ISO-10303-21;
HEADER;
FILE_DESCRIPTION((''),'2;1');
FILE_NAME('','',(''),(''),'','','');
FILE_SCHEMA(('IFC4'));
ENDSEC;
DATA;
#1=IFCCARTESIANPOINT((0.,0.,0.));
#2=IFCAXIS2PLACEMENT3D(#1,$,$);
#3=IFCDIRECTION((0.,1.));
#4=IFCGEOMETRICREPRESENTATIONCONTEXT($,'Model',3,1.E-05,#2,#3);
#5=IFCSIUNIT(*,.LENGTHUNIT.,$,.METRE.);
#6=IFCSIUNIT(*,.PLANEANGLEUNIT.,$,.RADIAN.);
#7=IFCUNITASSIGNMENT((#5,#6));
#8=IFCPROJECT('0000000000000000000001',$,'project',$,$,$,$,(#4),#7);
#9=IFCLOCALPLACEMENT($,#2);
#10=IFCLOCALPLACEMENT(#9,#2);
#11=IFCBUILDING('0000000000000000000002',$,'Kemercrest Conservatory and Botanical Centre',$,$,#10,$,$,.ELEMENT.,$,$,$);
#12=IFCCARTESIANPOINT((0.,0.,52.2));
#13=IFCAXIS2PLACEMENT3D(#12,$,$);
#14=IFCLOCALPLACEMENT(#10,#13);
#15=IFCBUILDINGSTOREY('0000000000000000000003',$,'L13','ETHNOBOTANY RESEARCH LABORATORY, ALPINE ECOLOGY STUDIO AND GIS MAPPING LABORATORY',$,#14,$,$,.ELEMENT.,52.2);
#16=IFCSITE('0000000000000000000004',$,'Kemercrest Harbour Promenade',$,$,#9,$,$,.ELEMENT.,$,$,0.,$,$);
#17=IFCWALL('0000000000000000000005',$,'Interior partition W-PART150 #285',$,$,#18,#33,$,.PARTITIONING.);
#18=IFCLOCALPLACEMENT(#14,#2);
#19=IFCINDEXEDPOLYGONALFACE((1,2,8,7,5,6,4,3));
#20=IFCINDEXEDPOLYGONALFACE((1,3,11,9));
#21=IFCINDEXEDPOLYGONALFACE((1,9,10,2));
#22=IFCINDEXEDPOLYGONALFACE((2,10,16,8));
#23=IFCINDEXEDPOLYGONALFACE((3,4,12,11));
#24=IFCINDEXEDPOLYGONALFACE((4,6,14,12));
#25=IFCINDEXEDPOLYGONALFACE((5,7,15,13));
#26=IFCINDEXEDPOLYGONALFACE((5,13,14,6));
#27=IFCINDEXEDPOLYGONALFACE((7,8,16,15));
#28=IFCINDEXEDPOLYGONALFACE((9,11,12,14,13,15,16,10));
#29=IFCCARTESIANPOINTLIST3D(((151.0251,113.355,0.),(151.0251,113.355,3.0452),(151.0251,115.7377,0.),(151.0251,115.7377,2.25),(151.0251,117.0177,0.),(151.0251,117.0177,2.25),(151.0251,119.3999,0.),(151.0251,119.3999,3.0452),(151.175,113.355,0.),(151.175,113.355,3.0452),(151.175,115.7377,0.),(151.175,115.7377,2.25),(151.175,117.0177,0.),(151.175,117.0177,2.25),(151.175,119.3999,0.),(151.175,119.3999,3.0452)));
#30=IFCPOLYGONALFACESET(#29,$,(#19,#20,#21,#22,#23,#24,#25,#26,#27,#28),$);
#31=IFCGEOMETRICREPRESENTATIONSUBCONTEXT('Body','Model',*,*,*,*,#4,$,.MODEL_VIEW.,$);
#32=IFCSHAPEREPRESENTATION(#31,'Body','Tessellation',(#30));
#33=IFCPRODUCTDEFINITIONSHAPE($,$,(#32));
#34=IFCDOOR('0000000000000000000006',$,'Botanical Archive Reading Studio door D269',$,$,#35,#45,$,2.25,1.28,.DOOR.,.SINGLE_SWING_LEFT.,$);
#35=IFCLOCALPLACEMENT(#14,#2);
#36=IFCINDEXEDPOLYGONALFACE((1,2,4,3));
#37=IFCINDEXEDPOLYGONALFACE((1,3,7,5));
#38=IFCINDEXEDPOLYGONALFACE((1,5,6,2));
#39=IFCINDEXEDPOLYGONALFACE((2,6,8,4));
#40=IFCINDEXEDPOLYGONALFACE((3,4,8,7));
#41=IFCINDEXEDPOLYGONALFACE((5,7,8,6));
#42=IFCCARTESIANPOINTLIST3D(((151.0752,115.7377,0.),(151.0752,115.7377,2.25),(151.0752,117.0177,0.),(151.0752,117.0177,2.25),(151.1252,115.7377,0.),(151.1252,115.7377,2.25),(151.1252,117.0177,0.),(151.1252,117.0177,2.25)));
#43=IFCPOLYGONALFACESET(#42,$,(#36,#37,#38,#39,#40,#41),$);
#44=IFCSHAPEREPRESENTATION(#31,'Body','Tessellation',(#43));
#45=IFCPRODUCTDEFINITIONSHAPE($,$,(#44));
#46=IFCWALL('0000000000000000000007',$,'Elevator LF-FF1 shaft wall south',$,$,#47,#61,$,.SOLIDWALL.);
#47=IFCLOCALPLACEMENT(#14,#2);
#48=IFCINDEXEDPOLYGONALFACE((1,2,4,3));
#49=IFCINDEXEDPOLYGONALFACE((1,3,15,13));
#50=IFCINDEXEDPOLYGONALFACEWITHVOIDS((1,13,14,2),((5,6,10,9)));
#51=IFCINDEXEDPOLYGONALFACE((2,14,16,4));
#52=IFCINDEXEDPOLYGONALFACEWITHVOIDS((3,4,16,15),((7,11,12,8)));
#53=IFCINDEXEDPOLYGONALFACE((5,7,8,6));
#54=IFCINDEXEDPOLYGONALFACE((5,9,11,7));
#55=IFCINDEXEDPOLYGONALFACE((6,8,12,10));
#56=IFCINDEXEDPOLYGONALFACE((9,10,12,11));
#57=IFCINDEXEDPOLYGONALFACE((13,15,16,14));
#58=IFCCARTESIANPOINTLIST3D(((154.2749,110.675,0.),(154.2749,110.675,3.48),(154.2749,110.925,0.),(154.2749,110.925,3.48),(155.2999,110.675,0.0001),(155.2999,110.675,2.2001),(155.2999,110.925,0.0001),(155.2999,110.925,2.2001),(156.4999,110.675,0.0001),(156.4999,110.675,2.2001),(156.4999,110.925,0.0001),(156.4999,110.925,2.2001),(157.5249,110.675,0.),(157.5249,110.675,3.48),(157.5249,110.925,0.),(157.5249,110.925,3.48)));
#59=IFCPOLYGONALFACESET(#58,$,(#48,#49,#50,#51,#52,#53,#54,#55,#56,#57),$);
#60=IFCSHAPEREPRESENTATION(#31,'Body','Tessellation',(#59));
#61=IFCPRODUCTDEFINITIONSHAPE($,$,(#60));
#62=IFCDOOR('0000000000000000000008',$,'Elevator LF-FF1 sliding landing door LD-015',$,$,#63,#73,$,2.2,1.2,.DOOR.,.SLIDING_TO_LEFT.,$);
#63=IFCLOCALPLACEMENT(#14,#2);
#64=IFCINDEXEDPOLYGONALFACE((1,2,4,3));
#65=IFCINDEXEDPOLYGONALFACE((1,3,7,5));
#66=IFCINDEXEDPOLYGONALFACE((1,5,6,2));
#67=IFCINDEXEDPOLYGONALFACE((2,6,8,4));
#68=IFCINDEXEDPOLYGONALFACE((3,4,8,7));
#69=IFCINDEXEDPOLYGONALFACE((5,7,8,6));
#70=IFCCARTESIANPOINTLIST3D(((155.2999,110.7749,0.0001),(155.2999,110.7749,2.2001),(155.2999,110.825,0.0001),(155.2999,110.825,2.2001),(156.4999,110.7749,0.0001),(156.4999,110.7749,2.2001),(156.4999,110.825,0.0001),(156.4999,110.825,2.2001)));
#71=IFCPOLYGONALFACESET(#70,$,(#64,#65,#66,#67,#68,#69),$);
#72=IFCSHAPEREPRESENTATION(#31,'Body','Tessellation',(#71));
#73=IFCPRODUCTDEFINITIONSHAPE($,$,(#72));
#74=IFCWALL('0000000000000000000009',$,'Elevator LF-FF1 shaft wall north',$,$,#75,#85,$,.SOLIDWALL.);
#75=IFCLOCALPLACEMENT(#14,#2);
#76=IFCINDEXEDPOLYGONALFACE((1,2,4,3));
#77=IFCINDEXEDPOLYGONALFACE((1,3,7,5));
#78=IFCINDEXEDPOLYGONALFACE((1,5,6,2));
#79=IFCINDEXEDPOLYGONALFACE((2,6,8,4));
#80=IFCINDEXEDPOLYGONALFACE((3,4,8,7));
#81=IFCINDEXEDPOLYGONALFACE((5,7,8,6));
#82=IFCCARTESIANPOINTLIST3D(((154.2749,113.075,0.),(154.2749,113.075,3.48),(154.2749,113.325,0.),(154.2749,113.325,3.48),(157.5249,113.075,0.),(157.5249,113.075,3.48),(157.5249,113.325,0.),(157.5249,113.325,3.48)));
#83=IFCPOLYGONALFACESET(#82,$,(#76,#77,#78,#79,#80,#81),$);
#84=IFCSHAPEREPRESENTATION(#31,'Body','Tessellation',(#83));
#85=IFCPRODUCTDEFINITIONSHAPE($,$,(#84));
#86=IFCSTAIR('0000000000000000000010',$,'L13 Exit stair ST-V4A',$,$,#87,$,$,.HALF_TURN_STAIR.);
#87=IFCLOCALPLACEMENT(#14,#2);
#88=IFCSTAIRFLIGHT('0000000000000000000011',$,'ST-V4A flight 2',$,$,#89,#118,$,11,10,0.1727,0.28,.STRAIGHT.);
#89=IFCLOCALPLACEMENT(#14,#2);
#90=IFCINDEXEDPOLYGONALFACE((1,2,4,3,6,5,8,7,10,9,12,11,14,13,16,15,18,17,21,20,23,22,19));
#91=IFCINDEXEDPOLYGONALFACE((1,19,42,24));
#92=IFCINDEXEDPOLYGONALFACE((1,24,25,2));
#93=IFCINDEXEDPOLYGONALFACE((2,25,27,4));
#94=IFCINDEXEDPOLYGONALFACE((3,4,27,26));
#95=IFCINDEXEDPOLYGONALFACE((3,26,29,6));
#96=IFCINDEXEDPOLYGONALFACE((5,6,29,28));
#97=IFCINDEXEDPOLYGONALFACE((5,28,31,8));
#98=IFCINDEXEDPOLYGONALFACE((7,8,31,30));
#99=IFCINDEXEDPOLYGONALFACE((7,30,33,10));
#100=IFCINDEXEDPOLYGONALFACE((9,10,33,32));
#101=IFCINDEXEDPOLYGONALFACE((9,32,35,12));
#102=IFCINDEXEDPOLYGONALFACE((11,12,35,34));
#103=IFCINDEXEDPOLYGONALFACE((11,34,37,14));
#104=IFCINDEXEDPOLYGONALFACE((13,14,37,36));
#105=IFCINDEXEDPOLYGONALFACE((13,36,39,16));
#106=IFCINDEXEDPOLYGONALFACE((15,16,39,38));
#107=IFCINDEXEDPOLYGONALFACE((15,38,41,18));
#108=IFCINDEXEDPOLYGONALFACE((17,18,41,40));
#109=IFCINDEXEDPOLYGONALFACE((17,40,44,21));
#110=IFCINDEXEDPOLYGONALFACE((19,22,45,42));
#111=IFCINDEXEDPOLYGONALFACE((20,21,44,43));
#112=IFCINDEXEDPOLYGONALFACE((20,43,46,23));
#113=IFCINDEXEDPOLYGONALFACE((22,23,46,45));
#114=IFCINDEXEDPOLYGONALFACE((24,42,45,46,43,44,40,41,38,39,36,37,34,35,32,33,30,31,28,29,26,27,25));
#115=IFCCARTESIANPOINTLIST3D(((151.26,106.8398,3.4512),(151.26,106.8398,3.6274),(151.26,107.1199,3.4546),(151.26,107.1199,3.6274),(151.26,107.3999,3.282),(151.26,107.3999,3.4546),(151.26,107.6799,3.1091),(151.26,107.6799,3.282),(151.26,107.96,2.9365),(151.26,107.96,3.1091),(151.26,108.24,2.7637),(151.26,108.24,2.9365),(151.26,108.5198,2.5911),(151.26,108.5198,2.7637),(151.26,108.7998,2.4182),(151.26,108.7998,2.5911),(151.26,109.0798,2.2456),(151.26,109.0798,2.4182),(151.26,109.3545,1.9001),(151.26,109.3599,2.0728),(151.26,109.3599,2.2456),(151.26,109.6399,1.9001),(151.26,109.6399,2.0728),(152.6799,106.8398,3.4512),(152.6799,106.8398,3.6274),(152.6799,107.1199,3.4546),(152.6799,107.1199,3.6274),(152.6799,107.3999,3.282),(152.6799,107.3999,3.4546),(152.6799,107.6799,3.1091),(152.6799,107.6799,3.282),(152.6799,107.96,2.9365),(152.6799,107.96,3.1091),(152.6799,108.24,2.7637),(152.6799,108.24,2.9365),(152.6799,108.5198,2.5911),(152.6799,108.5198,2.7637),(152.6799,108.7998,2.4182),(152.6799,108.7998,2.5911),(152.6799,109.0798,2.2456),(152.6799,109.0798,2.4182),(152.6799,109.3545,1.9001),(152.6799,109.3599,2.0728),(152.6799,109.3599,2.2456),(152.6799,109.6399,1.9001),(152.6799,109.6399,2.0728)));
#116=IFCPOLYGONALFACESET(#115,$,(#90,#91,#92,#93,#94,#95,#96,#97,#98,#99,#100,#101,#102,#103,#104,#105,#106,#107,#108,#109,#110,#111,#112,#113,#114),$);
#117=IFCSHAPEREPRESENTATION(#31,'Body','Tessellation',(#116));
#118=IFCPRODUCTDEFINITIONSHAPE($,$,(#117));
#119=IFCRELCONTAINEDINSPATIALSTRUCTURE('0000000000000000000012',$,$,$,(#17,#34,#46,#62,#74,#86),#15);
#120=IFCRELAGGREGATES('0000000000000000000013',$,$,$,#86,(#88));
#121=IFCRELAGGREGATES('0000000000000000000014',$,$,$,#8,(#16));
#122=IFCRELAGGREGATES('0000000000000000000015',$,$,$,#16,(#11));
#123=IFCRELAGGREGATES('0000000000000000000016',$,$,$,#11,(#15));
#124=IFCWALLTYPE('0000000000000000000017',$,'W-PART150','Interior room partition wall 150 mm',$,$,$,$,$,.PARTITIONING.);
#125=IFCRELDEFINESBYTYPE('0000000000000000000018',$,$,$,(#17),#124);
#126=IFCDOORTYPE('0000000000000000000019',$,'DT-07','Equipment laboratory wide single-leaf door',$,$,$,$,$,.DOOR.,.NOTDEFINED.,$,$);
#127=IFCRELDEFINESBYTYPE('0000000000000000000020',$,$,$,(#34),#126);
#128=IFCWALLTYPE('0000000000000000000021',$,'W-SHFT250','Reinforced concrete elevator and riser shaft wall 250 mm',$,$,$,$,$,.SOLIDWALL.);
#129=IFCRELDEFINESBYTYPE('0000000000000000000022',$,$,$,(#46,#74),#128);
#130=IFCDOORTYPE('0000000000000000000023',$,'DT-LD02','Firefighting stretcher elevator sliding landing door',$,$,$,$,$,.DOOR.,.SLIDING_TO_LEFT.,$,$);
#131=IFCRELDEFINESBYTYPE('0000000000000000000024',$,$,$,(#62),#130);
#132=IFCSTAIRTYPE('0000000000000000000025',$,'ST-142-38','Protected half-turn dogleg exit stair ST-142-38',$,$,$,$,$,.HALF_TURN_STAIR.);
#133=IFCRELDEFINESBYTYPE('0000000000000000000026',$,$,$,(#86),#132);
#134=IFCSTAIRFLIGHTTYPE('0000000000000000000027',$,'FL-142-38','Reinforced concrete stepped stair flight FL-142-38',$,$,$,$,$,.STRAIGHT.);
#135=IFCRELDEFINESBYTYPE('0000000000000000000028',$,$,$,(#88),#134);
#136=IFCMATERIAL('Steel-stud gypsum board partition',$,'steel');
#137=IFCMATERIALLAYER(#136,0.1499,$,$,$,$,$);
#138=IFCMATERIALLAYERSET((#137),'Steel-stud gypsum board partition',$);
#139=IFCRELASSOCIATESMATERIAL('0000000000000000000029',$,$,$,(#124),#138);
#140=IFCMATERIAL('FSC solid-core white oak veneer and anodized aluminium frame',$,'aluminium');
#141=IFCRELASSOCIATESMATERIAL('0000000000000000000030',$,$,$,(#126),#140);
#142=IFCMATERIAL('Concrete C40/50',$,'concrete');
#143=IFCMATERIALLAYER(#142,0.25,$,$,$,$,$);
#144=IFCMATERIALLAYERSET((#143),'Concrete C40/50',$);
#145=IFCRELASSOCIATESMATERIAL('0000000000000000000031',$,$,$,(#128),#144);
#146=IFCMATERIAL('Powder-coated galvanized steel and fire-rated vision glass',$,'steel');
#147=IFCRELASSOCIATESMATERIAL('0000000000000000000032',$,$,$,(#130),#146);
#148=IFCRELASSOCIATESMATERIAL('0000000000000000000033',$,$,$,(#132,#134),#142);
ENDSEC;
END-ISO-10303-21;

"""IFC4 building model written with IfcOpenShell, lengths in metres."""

from ifc_helpers import new_model, si_unit, direction, frame, frame_2d, origin, place, context, subcontext, project, spatial, polyline, rectangle, outline, extrude, material, layer, layer_set, type_object, element, fill, aggregate, save


model = new_model("IFC4")

# Units and contexts
model_context = context("Model", 3, precision=1e-05, world=origin(), true_north=direction((0.0, 1.0)))
body_context = subcontext(model_context, "Body", "Model", "MODEL_VIEW")
ifc_project = project(units=[si_unit("LENGTHUNIT", "METRE"), si_unit("PLANEANGLEUNIT", "RADIAN")], contexts=[model_context])

# Site, building, storey
site_placement = place(None, origin())
site = spatial("IfcSite", under=ifc_project, at=site_placement, Name="Kemercrest Harbour Promenade", CompositionType="ELEMENT", RefElevation=0.0)
building_placement = place(site_placement, origin())
building = spatial("IfcBuilding", under=site, at=building_placement, Name="Kemercrest Conservatory and Botanical Centre", CompositionType="ELEMENT")
storey_placement = place(building_placement, frame((0.0, 0.0, 52.2)))
storey = spatial("IfcBuildingStorey", under=building, at=storey_placement, Name="L13", Description="ETHNOBOTANY RESEARCH LABORATORY, ALPINE ECOLOGY STUDIO AND GIS MAPPING LABORATORY", CompositionType="ELEMENT", Elevation=52.2)

# Shared definitions
ifc_material_1 = material(Name="Concrete C40/50", Category="concrete")

# Walls, openings, doors
ifc_material_2 = material(Name="Steel-stud gypsum board partition", Category="steel")
ifc_layer_1 = layer(ifc_material_2, 0.1499)
ifc_layer_set_1 = layer_set([ifc_layer_1], Name="Steel-stud gypsum board partition")
wall_type_1 = type_object("IfcWallType", Name="W-PART150", Description="Interior room partition wall 150 mm", PredefinedType="PARTITIONING", material=ifc_layer_set_1)
wall_1_placement = place(storey_placement, frame((151.1001, 113.355, 0.0), z_axis=(0.0, 0.0, 1.0), x_axis=(0.0, 1.0, 0.0)))
wall_1 = element("IfcWall", 1, at=wall_1_placement, inside=storey, type_object=wall_type_1, Name="Interior partition W-PART150 #285", PredefinedType="PARTITIONING", context=body_context, shape_type="SweptSolid", body=[
    extrude(rectangle(XDim=6.0449, YDim=0.1499, at=frame_2d((3.0225, 0.0))), origin(), (0.0, 0.0, 1.0), 3.0452),
])
opening_1_placement = place(wall_1_placement, frame((2.3826, 0.0, 0.0)))
opening_1 = element("IfcOpeningElement", 2, at=opening_1_placement, cuts=wall_1, PredefinedType="OPENING", context=body_context, shape_type="SweptSolid", body=[
    extrude(rectangle(XDim=1.28, YDim=2.25, at=frame_2d((0.6401, 1.125))), frame((0.0, 0.085, 0.0), z_axis=(0.0, -1.0, 0.0), x_axis=(1.0, 0.0, 0.0)), (0.0, 0.0, 1.0), 0.1699),
])
ifc_material_3 = material(Name="FSC solid-core white oak veneer and anodized aluminium frame", Category="aluminium")
door_type_1 = type_object("IfcDoorType", Name="DT-07", Description="Equipment laboratory wide single-leaf door", OperationType="NOTDEFINED", PredefinedType="DOOR", material=ifc_material_3)
door_1_placement = place(opening_1_placement, origin())
door_1 = element("IfcDoor", 3, at=door_1_placement, inside=storey, type_object=door_type_1, Name="Botanical Archive Reading Studio door D269", OperationType="SINGLE_SWING_LEFT", OverallHeight=2.25, OverallWidth=1.28, PredefinedType="DOOR", context=body_context, shape_type="SweptSolid", body=[
    extrude(rectangle(XDim=1.28, YDim=2.25, at=frame_2d((0.6401, 1.125))), frame((0.0, 0.0249, 0.0), z_axis=(0.0, -1.0, 0.0), x_axis=(1.0, 0.0, 0.0)), (0.0, 0.0, 1.0), 0.05),
])
fill(opening_1, door_1)
ifc_layer_2 = layer(ifc_material_1, 0.25)
ifc_layer_set_2 = layer_set([ifc_layer_2], Name="Concrete C40/50")
wall_type_2 = type_object("IfcWallType", Name="W-SHFT250", Description="Reinforced concrete elevator and riser shaft wall 250 mm", PredefinedType="SOLIDWALL", material=ifc_layer_set_2)
wall_2_placement = place(storey_placement, frame((154.2749, 110.8, 0.0), z_axis=(0.0, 0.0, 1.0), x_axis=(1.0, 0.0, 0.0)))
wall_2 = element("IfcWall", 4, at=wall_2_placement, inside=storey, type_object=wall_type_2, Name="Elevator LF-FF1 shaft wall south", PredefinedType="SOLIDWALL", context=body_context, shape_type="SweptSolid", body=[
    extrude(rectangle(XDim=3.25, YDim=0.25, at=frame_2d((1.625, 0.0))), origin(), (0.0, 0.0, 1.0), 3.48),
])
opening_2_placement = place(wall_2_placement, frame((1.0249, 0.0, 0.0)))
opening_2 = element("IfcOpeningElement", 5, at=opening_2_placement, cuts=wall_2, PredefinedType="OPENING", context=body_context, shape_type="SweptSolid", body=[
    extrude(rectangle(XDim=1.2, YDim=2.2, at=frame_2d((0.6001, 1.1001))), frame((0.0, 0.135, 0.0), z_axis=(0.0, -1.0, 0.0), x_axis=(1.0, 0.0, 0.0)), (0.0, 0.0, 1.0), 0.27),
])
ifc_material_4 = material(Name="Powder-coated galvanized steel and fire-rated vision glass", Category="steel")
door_type_2 = type_object("IfcDoorType", Name="DT-LD02", Description="Firefighting stretcher elevator sliding landing door", OperationType="SLIDING_TO_LEFT", PredefinedType="DOOR", material=ifc_material_4)
door_2_placement = place(opening_2_placement, origin())
door_2 = element("IfcDoor", 6, at=door_2_placement, inside=storey, type_object=door_type_2, Name="Elevator LF-FF1 sliding landing door LD-015", OperationType="SLIDING_TO_LEFT", OverallHeight=2.2, OverallWidth=1.2, PredefinedType="DOOR", context=body_context, shape_type="SweptSolid", body=[
    extrude(rectangle(XDim=1.2, YDim=2.2, at=frame_2d((0.6001, 1.1001))), frame((0.0, 0.0249, 0.0), z_axis=(0.0, -1.0, 0.0), x_axis=(1.0, 0.0, 0.0)), (0.0, 0.0, 1.0), 0.05),
])
fill(opening_2, door_2)

# Wall
wall_3_placement = place(storey_placement, frame((154.2749, 113.2, 0.0), z_axis=(0.0, 0.0, 1.0), x_axis=(1.0, 0.0, 0.0)))
element("IfcWall", 7, at=wall_3_placement, inside=storey, type_object=wall_type_2, Name="Elevator LF-FF1 shaft wall north", PredefinedType="SOLIDWALL", context=body_context, shape_type="SweptSolid", body=[
    extrude(rectangle(XDim=3.25, YDim=0.25, at=frame_2d((1.625, 0.0))), origin(), (0.0, 0.0, 1.0), 3.48),
])

# Stair, stair flight
stair_type = type_object("IfcStairType", Name="ST-142-38", Description="Protected half-turn dogleg exit stair ST-142-38", PredefinedType="HALF_TURN_STAIR", material=ifc_material_1)
stair_placement = place(storey_placement, origin())
stair = element("IfcStair", 8, at=stair_placement, inside=storey, type_object=stair_type, Name="L13 Exit stair ST-V4A", PredefinedType="HALF_TURN_STAIR")
stair_flight_type = type_object("IfcStairFlightType", Name="FL-142-38", Description="Reinforced concrete stepped stair flight FL-142-38", PredefinedType="STRAIGHT", material=ifc_material_1)
stair_flight_placement = place(storey_placement, frame((151.97, 109.6399, 1.9001), z_axis=(0.0, 0.0, 1.0), x_axis=(0.0, -1.0, 0.0)))
stair_flight = element("IfcStairFlight", 9, at=stair_flight_placement, type_object=stair_flight_type, Name="ST-V4A flight 2", NumberOfRisers=11, NumberOfTreads=10, PredefinedType="STRAIGHT", RiserHeight=0.1727, TreadLength=0.28, context=body_context, shape_type="SweptSolid", body=[
    extrude(outline(polyline([(0.0, 0.0), (0.0, 0.1726), (0.28, 0.1726), (0.28, 0.3455), (0.5601, 0.3455), (0.5601, 0.5181), (0.8401, 0.5181), (0.8401, 0.6909), (1.1201, 0.6909), (1.1201, 0.8635), (1.3999, 0.8635), (1.3999, 1.0364), (1.6799, 1.0364), (1.6799, 1.209), (1.96, 1.209), (1.96, 1.3818), (2.24, 1.3818), (2.24, 1.5544), (2.52, 1.5544), (2.52, 1.7273), (2.8, 1.7273), (2.8, 1.8999), (2.8, 1.551), (0.2854, 0.0), (0.0, 0.0)])), frame((0.0, 0.71, 0.0), z_axis=(0.0, -1.0, 0.0), x_axis=(1.0, 0.0, 0.0)), (0.0, 0.0, 1.0), 1.4199),
])
aggregate(stair, [stair_flight])

save(model, "model.ifc")
